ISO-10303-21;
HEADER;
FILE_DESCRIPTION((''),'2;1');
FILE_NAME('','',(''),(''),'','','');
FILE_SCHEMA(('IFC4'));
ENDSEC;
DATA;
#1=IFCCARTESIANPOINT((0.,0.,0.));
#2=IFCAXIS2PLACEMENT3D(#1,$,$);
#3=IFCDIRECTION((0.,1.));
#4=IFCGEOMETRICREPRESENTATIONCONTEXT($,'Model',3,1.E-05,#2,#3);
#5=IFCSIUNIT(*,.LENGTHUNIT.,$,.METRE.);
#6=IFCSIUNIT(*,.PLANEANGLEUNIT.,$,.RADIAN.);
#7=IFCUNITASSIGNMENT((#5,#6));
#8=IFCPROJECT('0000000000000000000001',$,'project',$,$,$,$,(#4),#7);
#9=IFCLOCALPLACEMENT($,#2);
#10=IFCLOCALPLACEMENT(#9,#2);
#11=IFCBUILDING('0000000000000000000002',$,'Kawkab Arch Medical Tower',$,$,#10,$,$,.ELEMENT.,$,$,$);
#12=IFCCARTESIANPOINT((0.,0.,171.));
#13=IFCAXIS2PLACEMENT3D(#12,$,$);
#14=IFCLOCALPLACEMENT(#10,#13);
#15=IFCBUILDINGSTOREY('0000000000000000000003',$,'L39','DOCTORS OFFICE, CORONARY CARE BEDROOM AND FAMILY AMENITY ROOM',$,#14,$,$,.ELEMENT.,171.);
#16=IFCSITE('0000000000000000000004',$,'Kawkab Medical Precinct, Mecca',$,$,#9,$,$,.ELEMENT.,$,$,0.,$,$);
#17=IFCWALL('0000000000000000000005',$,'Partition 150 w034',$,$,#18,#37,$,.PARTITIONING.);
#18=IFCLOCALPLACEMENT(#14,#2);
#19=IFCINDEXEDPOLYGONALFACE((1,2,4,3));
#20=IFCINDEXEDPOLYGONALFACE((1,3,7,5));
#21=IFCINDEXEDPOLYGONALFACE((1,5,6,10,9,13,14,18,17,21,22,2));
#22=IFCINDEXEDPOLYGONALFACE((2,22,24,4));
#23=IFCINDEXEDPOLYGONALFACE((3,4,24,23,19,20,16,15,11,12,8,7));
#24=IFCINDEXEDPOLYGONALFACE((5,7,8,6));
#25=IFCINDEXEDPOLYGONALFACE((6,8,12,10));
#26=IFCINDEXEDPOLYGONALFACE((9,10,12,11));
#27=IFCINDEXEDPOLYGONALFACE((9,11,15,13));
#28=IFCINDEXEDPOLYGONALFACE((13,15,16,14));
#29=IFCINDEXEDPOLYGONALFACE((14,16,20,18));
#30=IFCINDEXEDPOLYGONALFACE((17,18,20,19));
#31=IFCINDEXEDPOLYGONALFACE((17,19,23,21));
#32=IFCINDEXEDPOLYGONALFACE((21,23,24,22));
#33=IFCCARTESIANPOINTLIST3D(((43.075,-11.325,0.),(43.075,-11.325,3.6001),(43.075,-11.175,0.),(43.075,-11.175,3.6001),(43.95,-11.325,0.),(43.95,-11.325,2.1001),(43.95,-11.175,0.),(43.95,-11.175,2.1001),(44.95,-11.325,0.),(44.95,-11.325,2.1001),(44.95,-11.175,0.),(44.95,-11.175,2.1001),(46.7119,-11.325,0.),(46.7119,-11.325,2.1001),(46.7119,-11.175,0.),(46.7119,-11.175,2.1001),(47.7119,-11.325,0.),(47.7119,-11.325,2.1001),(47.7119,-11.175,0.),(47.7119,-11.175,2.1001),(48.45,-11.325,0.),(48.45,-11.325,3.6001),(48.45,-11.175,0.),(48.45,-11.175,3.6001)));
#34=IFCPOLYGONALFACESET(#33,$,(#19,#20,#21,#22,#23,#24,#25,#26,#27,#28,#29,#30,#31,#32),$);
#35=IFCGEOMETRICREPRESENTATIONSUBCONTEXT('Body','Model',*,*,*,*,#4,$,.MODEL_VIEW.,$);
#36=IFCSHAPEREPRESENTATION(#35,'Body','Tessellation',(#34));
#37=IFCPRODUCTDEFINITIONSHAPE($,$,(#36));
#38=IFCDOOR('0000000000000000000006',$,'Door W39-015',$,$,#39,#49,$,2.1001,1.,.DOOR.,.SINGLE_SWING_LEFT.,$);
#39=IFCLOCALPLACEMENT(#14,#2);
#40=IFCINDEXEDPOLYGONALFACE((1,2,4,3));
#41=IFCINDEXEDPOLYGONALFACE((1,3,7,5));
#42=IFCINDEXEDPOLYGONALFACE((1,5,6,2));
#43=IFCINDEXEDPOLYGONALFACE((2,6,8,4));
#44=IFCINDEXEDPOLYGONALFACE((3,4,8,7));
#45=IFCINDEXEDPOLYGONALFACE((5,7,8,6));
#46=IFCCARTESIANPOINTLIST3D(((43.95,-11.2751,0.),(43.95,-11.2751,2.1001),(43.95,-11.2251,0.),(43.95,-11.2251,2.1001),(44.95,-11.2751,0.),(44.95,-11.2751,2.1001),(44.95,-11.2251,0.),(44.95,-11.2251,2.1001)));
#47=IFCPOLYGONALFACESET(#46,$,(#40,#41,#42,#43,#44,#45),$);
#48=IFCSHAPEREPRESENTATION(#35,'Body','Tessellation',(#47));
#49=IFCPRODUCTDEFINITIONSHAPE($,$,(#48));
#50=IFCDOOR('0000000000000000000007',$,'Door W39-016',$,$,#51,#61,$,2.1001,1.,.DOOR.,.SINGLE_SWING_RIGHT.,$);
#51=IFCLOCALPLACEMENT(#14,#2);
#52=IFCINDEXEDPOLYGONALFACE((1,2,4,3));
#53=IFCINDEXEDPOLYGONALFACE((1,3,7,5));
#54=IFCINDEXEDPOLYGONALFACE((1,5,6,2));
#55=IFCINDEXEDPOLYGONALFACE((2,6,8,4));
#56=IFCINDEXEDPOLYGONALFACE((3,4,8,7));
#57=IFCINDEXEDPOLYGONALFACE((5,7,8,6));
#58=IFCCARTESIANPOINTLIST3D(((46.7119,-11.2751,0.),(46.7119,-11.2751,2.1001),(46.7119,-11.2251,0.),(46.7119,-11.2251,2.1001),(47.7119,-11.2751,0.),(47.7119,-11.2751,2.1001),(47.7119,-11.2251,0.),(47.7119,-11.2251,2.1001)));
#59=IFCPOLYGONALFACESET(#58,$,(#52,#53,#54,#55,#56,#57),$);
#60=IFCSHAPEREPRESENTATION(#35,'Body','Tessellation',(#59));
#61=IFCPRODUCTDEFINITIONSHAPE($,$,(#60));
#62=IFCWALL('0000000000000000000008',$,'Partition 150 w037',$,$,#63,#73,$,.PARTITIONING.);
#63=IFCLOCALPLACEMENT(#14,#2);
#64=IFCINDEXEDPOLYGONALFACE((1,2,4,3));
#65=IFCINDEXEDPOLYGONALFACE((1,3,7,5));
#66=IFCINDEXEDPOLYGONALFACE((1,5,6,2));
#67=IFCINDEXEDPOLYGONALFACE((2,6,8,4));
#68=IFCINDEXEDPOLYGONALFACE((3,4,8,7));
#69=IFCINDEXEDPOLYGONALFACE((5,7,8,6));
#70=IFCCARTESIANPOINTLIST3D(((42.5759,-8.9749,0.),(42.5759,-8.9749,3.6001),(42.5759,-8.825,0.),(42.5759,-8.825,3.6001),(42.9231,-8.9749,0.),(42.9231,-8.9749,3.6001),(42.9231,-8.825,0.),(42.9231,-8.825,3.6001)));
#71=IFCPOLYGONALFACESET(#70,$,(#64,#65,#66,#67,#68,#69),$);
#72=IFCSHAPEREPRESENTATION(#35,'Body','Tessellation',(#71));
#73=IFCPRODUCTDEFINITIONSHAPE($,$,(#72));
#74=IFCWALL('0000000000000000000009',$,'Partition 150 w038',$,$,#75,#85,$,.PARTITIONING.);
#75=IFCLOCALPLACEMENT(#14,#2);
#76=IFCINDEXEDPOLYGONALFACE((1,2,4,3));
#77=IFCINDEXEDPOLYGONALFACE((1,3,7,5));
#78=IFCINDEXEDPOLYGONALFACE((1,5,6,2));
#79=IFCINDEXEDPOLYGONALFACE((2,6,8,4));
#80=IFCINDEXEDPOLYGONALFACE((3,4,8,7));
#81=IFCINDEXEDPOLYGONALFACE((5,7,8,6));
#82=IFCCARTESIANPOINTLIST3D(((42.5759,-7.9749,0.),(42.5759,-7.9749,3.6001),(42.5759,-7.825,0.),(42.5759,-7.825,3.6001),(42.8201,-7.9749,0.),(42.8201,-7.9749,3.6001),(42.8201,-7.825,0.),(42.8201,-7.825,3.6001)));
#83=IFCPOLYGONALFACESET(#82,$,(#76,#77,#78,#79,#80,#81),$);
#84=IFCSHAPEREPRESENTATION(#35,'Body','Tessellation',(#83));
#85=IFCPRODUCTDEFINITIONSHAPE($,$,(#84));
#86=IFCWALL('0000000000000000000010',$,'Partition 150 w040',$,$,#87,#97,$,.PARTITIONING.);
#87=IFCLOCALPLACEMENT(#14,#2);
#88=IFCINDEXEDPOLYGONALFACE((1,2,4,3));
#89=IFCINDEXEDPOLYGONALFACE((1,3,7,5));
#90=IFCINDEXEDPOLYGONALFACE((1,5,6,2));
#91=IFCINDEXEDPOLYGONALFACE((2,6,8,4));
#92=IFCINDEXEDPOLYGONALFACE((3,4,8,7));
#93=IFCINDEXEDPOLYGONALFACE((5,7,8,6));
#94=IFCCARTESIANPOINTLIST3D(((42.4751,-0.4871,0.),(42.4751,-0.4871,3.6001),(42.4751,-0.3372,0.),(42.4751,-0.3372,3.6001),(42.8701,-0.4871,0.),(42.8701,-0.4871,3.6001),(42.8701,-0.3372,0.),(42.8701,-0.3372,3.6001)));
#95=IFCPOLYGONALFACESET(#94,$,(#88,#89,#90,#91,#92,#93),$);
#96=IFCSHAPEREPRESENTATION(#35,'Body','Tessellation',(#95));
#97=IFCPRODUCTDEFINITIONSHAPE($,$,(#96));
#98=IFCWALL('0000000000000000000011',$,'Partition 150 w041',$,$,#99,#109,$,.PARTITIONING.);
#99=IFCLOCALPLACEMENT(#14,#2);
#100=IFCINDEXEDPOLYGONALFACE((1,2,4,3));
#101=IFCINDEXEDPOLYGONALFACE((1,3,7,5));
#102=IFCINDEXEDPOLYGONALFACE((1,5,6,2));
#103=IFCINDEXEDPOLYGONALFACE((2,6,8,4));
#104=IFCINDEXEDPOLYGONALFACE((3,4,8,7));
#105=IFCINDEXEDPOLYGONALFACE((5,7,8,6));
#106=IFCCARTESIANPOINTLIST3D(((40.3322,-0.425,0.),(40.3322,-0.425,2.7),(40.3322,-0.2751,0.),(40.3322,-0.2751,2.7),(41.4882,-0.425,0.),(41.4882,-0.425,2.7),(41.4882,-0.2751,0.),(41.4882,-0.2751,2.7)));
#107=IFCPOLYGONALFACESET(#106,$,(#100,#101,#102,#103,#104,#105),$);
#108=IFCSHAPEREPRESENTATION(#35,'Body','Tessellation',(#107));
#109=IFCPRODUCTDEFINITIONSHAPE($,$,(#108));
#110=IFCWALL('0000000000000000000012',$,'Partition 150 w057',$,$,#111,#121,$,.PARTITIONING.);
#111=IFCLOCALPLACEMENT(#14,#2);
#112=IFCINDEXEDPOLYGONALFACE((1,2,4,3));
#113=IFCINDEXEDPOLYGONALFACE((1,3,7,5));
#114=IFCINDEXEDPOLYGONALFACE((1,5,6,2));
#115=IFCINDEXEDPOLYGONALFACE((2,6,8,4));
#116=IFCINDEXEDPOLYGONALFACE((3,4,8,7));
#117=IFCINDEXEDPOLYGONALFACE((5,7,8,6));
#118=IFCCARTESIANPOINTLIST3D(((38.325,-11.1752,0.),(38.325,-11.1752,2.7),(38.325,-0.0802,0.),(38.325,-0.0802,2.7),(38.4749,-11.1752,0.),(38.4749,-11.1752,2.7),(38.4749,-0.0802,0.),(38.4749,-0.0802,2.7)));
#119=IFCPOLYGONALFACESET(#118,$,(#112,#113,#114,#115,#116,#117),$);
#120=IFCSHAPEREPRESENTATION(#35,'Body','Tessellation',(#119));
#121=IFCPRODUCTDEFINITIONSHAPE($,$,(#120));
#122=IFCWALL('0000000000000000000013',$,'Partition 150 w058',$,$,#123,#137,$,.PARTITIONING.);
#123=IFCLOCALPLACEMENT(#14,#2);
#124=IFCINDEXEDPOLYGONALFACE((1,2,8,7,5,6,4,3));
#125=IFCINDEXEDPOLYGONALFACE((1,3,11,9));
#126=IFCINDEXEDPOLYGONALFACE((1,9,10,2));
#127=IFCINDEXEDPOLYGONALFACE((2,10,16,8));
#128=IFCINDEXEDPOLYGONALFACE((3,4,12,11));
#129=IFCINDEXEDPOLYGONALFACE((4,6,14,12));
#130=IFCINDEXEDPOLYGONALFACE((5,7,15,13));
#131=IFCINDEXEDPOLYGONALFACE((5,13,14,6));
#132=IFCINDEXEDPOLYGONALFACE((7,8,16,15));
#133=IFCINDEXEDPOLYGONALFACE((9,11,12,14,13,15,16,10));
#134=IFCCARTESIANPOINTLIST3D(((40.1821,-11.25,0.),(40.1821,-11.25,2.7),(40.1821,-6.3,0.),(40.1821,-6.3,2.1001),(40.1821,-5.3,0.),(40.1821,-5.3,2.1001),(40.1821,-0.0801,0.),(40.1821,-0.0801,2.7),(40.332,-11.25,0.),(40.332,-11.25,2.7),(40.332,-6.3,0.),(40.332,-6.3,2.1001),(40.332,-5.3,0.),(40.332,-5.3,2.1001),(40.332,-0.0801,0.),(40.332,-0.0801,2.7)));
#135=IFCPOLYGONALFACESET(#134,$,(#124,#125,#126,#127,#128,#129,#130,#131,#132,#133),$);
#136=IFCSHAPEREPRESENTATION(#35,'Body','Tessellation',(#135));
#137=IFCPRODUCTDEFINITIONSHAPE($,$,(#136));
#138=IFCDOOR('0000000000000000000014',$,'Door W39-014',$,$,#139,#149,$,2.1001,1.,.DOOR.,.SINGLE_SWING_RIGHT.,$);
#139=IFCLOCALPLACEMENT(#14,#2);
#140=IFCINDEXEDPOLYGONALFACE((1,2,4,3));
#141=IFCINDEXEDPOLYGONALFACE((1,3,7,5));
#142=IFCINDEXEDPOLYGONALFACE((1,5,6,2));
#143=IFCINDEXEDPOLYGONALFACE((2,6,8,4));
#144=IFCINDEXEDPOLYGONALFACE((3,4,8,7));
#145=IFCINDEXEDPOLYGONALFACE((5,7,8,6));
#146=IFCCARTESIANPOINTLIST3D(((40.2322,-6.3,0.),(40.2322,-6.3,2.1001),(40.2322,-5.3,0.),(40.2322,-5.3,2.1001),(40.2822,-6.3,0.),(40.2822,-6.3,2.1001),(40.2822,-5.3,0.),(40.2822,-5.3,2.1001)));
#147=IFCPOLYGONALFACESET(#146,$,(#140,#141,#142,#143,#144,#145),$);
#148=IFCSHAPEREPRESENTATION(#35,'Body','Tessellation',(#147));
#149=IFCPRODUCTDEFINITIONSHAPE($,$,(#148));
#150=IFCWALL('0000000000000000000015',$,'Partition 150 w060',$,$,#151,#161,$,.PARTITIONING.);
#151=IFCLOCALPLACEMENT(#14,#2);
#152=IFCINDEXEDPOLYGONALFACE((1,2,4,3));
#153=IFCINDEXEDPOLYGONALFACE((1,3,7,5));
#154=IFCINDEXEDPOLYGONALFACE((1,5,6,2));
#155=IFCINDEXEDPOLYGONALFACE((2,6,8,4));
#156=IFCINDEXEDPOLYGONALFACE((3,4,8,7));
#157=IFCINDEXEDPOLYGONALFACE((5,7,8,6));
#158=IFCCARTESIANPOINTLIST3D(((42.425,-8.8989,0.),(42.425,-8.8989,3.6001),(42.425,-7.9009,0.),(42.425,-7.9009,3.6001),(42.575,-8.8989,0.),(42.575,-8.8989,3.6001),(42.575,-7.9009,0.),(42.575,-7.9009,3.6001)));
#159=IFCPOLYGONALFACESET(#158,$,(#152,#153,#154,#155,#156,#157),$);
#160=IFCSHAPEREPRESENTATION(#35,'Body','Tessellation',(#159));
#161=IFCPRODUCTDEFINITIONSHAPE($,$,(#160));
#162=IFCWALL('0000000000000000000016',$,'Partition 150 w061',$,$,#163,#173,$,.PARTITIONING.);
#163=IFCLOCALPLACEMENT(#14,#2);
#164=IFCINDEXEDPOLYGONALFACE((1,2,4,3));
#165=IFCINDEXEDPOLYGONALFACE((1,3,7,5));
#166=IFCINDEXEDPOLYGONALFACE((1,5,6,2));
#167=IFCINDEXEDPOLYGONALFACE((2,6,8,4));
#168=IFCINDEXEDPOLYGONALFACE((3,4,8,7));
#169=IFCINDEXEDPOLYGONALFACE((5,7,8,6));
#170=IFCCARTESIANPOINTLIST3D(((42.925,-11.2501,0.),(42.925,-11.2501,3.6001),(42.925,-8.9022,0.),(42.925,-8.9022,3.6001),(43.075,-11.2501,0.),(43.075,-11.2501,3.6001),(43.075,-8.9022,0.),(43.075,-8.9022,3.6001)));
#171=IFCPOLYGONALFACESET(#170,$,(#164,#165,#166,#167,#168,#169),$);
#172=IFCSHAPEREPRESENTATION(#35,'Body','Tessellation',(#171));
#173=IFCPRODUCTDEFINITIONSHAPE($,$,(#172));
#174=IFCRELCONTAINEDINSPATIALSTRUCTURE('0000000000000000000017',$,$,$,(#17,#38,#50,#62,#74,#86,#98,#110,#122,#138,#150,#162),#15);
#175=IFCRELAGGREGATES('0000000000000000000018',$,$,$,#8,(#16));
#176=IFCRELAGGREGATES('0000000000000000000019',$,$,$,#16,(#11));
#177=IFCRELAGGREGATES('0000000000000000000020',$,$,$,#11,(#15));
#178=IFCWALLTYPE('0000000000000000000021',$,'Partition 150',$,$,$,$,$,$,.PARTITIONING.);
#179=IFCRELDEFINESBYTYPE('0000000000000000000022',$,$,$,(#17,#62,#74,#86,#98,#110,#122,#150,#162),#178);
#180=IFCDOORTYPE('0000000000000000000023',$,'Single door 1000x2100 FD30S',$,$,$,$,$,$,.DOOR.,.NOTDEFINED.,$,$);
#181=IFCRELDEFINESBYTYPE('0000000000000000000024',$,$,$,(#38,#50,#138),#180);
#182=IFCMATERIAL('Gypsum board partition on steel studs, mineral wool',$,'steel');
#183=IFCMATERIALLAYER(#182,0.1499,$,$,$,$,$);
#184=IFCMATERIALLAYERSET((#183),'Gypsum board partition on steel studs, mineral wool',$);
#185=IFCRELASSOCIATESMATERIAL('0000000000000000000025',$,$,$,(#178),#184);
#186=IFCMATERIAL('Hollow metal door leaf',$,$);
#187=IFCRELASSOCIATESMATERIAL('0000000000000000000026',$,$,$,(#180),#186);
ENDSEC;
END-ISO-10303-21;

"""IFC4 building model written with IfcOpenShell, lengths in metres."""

from ifc_helpers import new_model, si_unit, direction, frame, frame_2d, origin, place, context, subcontext, project, spatial, rectangle, extrude, material, layer, layer_set, type_object, element, fill, save


model = new_model("IFC4")

# Units and contexts
model_context = context("Model", 3, precision=1e-05, world=origin(), true_north=direction((0.0, 1.0)))
body_context = subcontext(model_context, "Body", "Model", "MODEL_VIEW")
ifc_project = project(units=[si_unit("LENGTHUNIT", "METRE"), si_unit("PLANEANGLEUNIT", "RADIAN")], contexts=[model_context])

# Site, building, storey
site_placement = place(None, origin())
site = spatial("IfcSite", under=ifc_project, at=site_placement, Name="Kawkab Medical Precinct, Mecca", CompositionType="ELEMENT", RefElevation=0.0)
building_placement = place(site_placement, origin())
building = spatial("IfcBuilding", under=site, at=building_placement, Name="Kawkab Arch Medical Tower", CompositionType="ELEMENT")
storey_placement = place(building_placement, frame((0.0, 0.0, 171.0)))
storey = spatial("IfcBuildingStorey", under=building, at=storey_placement, Name="L39", Description="DOCTORS OFFICE, CORONARY CARE BEDROOM AND FAMILY AMENITY ROOM", CompositionType="ELEMENT", Elevation=171.0)

# Wall, openings, doors
ifc_material_1 = material(Name="Gypsum board partition on steel studs, mineral wool", Category="steel")
ifc_layer_1 = layer(ifc_material_1, 0.1499)
ifc_layer_set_1 = layer_set([ifc_layer_1], Name="Gypsum board partition on steel studs, mineral wool")
wall_type_1 = type_object("IfcWallType", Name="Partition 150", PredefinedType="PARTITIONING", material=ifc_layer_set_1)
wall_1_placement = place(storey_placement, frame((43.075, -11.25, 0.0), z_axis=(0.0, 0.0, 1.0), x_axis=(1.0, 0.0, 0.0)))
wall_1 = element("IfcWall", 1, at=wall_1_placement, inside=storey, type_object=wall_type_1, Name="Partition 150 w034", PredefinedType="PARTITIONING", context=body_context, shape_type="SweptSolid", body=[
    extrude(rectangle(XDim=5.375, YDim=0.1499, at=frame_2d((2.6875, 0.0))), origin(), (0.0, 0.0, 1.0), 3.6001),
])
opening_1_placement = place(wall_1_placement, frame((0.875, 0.0, 0.0)))
opening_1 = element("IfcOpeningElement", 2, at=opening_1_placement, cuts=wall_1, PredefinedType="OPENING", context=body_context, shape_type="SweptSolid", body=[
    extrude(rectangle(XDim=1.0, YDim=2.1001, at=frame_2d((0.5, 1.05))), frame((0.0, 0.085, 0.0), z_axis=(0.0, -1.0, 0.0), x_axis=(1.0, 0.0, 0.0)), (0.0, 0.0, 1.0), 0.1699),
])
opening_2_placement = place(wall_1_placement, frame((3.637, 0.0, 0.0)))
opening_2 = element("IfcOpeningElement", 3, at=opening_2_placement, cuts=wall_1, PredefinedType="OPENING", context=body_context, shape_type="SweptSolid", body=[
    extrude(rectangle(XDim=1.0, YDim=2.1001, at=frame_2d((0.5, 1.05))), frame((0.0, 0.085, 0.0), z_axis=(0.0, -1.0, 0.0), x_axis=(1.0, 0.0, 0.0)), (0.0, 0.0, 1.0), 0.1699),
])
ifc_material_2 = material(Name="Hollow metal door leaf")
door_type_1 = type_object("IfcDoorType", Name="Single door 1000x2100 FD30S", OperationType="NOTDEFINED", PredefinedType="DOOR", material=ifc_material_2)
door_1_placement = place(opening_1_placement, origin())
door_1 = element("IfcDoor", 4, at=door_1_placement, inside=storey, type_object=door_type_1, Name="Door W39-015", OperationType="SINGLE_SWING_LEFT", OverallHeight=2.1001, OverallWidth=1.0, PredefinedType="DOOR", context=body_context, shape_type="SweptSolid", body=[
    extrude(rectangle(XDim=1.0, YDim=2.1001, at=frame_2d((0.5, 1.05))), frame((0.0, 0.0249, 0.0), z_axis=(0.0, -1.0, 0.0), x_axis=(1.0, 0.0, 0.0)), (0.0, 0.0, 1.0), 0.05),
])
fill(opening_1, door_1)
door_2_placement = place(opening_2_placement, origin())
door_2 = element("IfcDoor", 5, at=door_2_placement, inside=storey, type_object=door_type_1, Name="Door W39-016", OperationType="SINGLE_SWING_RIGHT", OverallHeight=2.1001, OverallWidth=1.0, PredefinedType="DOOR", context=body_context, shape_type="SweptSolid", body=[
    extrude(rectangle(XDim=1.0, YDim=2.1001, at=frame_2d((0.5, 1.05))), frame((0.0, 0.0249, 0.0), z_axis=(0.0, -1.0, 0.0), x_axis=(1.0, 0.0, 0.0)), (0.0, 0.0, 1.0), 0.05),
])
fill(opening_2, door_2)

# Walls
wall_2_placement = place(storey_placement, frame((42.5759, -8.8999, 0.0), z_axis=(0.0, 0.0, 1.0), x_axis=(1.0, 0.0, 0.0)))
element("IfcWall", 6, at=wall_2_placement, inside=storey, type_object=wall_type_1, Name="Partition 150 w037", PredefinedType="PARTITIONING", context=body_context, shape_type="SweptSolid", body=[
    extrude(rectangle(XDim=0.3472, YDim=0.1499, at=frame_2d((0.1736, 0.0))), origin(), (0.0, 0.0, 1.0), 3.6001),
])
wall_3_placement = place(storey_placement, frame((42.5759, -7.8999, 0.0), z_axis=(0.0, 0.0, 1.0), x_axis=(1.0, 0.0, 0.0)))
element("IfcWall", 7, at=wall_3_placement, inside=storey, type_object=wall_type_1, Name="Partition 150 w038", PredefinedType="PARTITIONING", context=body_context, shape_type="SweptSolid", body=[
    extrude(rectangle(XDim=0.2441, YDim=0.1499, at=frame_2d((0.1221, 0.0))), origin(), (0.0, 0.0, 1.0), 3.6001),
])
wall_4_placement = place(storey_placement, frame((42.4751, -0.4121, 0.0), z_axis=(0.0, 0.0, 1.0), x_axis=(1.0, 0.0, 0.0)))
element("IfcWall", 8, at=wall_4_placement, inside=storey, type_object=wall_type_1, Name="Partition 150 w040", PredefinedType="PARTITIONING", context=body_context, shape_type="SweptSolid", body=[
    extrude(rectangle(XDim=0.395, YDim=0.1499, at=frame_2d((0.1975, 0.0))), origin(), (0.0, 0.0, 1.0), 3.6001),
])
wall_5_placement = place(storey_placement, frame((40.332, -0.3501, 0.0), z_axis=(0.0, 0.0, 1.0), x_axis=(1.0, 0.0, 0.0)))
element("IfcWall", 9, at=wall_5_placement, inside=storey, type_object=wall_type_1, Name="Partition 150 w041", PredefinedType="PARTITIONING", context=body_context, shape_type="SweptSolid", body=[
    extrude(rectangle(XDim=1.156, YDim=0.1499, at=frame_2d((0.5781, 0.0))), origin(), (0.0, 0.0, 1.0), 2.7),
])
wall_6_placement = place(storey_placement, frame((38.3999, -11.175, 0.0), z_axis=(0.0, 0.0, 1.0), x_axis=(0.0, 1.0, 0.0)))
element("IfcWall", 10, at=wall_6_placement, inside=storey, type_object=wall_type_1, Name="Partition 150 w057", PredefinedType="PARTITIONING", context=body_context, shape_type="SweptSolid", body=[
    extrude(rectangle(XDim=11.095, YDim=0.1499, at=frame_2d((5.5474, 0.0))), origin(), (0.0, 0.0, 1.0), 2.7),
])

# Wall, opening, door
wall_7_placement = place(storey_placement, frame((40.2571, -11.25, 0.0), z_axis=(0.0, 0.0, 1.0), x_axis=(0.0, 1.0, 0.0)))
wall_7 = element("IfcWall", 11, at=wall_7_placement, inside=storey, type_object=wall_type_1, Name="Partition 150 w058", PredefinedType="PARTITIONING", context=body_context, shape_type="SweptSolid", body=[
    extrude(rectangle(XDim=11.1699, YDim=0.1499, at=frame_2d((5.585, 0.0))), origin(), (0.0, 0.0, 1.0), 2.7),
])
opening_3_placement = place(wall_7_placement, frame((4.95, 0.0, 0.0)))
opening_3 = element("IfcOpeningElement", 12, at=opening_3_placement, cuts=wall_7, PredefinedType="OPENING", context=body_context, shape_type="SweptSolid", body=[
    extrude(rectangle(XDim=1.0, YDim=2.1001, at=frame_2d((0.5, 1.05))), frame((0.0, 0.085, 0.0), z_axis=(0.0, -1.0, 0.0), x_axis=(1.0, 0.0, 0.0)), (0.0, 0.0, 1.0), 0.1699),
])
door_3_placement = place(opening_3_placement, origin())
door_3 = element("IfcDoor", 13, at=door_3_placement, inside=storey, type_object=door_type_1, Name="Door W39-014", OperationType="SINGLE_SWING_RIGHT", OverallHeight=2.1001, OverallWidth=1.0, PredefinedType="DOOR", context=body_context, shape_type="SweptSolid", body=[
    extrude(rectangle(XDim=1.0, YDim=2.1001, at=frame_2d((0.5, 1.05))), frame((0.0, 0.0249, 0.0), z_axis=(0.0, -1.0, 0.0), x_axis=(1.0, 0.0, 0.0)), (0.0, 0.0, 1.0), 0.05),
])
fill(opening_3, door_3)

# Walls
wall_8_placement = place(storey_placement, frame((42.5, -8.8989, 0.0), z_axis=(0.0, 0.0, 1.0), x_axis=(0.0, 1.0, 0.0)))
element("IfcWall", 14, at=wall_8_placement, inside=storey, type_object=wall_type_1, Name="Partition 150 w060", PredefinedType="PARTITIONING", context=body_context, shape_type="SweptSolid", body=[
    extrude(rectangle(XDim=0.998, YDim=0.1499, at=frame_2d((0.499, 0.0))), origin(), (0.0, 0.0, 1.0), 3.6001),
])
wall_9_placement = place(storey_placement, frame((43.0, -11.25, 0.0), z_axis=(0.0, 0.0, 1.0), x_axis=(0.0, 1.0, 0.0)))
element("IfcWall", 15, at=wall_9_placement, inside=storey, type_object=wall_type_1, Name="Partition 150 w061", PredefinedType="PARTITIONING", context=body_context, shape_type="SweptSolid", body=[
    extrude(rectangle(XDim=2.3479, YDim=0.1499, at=frame_2d((1.1738, 0.0))), origin(), (0.0, 0.0, 1.0), 3.6001),
])

save(model, "model.ifc")
